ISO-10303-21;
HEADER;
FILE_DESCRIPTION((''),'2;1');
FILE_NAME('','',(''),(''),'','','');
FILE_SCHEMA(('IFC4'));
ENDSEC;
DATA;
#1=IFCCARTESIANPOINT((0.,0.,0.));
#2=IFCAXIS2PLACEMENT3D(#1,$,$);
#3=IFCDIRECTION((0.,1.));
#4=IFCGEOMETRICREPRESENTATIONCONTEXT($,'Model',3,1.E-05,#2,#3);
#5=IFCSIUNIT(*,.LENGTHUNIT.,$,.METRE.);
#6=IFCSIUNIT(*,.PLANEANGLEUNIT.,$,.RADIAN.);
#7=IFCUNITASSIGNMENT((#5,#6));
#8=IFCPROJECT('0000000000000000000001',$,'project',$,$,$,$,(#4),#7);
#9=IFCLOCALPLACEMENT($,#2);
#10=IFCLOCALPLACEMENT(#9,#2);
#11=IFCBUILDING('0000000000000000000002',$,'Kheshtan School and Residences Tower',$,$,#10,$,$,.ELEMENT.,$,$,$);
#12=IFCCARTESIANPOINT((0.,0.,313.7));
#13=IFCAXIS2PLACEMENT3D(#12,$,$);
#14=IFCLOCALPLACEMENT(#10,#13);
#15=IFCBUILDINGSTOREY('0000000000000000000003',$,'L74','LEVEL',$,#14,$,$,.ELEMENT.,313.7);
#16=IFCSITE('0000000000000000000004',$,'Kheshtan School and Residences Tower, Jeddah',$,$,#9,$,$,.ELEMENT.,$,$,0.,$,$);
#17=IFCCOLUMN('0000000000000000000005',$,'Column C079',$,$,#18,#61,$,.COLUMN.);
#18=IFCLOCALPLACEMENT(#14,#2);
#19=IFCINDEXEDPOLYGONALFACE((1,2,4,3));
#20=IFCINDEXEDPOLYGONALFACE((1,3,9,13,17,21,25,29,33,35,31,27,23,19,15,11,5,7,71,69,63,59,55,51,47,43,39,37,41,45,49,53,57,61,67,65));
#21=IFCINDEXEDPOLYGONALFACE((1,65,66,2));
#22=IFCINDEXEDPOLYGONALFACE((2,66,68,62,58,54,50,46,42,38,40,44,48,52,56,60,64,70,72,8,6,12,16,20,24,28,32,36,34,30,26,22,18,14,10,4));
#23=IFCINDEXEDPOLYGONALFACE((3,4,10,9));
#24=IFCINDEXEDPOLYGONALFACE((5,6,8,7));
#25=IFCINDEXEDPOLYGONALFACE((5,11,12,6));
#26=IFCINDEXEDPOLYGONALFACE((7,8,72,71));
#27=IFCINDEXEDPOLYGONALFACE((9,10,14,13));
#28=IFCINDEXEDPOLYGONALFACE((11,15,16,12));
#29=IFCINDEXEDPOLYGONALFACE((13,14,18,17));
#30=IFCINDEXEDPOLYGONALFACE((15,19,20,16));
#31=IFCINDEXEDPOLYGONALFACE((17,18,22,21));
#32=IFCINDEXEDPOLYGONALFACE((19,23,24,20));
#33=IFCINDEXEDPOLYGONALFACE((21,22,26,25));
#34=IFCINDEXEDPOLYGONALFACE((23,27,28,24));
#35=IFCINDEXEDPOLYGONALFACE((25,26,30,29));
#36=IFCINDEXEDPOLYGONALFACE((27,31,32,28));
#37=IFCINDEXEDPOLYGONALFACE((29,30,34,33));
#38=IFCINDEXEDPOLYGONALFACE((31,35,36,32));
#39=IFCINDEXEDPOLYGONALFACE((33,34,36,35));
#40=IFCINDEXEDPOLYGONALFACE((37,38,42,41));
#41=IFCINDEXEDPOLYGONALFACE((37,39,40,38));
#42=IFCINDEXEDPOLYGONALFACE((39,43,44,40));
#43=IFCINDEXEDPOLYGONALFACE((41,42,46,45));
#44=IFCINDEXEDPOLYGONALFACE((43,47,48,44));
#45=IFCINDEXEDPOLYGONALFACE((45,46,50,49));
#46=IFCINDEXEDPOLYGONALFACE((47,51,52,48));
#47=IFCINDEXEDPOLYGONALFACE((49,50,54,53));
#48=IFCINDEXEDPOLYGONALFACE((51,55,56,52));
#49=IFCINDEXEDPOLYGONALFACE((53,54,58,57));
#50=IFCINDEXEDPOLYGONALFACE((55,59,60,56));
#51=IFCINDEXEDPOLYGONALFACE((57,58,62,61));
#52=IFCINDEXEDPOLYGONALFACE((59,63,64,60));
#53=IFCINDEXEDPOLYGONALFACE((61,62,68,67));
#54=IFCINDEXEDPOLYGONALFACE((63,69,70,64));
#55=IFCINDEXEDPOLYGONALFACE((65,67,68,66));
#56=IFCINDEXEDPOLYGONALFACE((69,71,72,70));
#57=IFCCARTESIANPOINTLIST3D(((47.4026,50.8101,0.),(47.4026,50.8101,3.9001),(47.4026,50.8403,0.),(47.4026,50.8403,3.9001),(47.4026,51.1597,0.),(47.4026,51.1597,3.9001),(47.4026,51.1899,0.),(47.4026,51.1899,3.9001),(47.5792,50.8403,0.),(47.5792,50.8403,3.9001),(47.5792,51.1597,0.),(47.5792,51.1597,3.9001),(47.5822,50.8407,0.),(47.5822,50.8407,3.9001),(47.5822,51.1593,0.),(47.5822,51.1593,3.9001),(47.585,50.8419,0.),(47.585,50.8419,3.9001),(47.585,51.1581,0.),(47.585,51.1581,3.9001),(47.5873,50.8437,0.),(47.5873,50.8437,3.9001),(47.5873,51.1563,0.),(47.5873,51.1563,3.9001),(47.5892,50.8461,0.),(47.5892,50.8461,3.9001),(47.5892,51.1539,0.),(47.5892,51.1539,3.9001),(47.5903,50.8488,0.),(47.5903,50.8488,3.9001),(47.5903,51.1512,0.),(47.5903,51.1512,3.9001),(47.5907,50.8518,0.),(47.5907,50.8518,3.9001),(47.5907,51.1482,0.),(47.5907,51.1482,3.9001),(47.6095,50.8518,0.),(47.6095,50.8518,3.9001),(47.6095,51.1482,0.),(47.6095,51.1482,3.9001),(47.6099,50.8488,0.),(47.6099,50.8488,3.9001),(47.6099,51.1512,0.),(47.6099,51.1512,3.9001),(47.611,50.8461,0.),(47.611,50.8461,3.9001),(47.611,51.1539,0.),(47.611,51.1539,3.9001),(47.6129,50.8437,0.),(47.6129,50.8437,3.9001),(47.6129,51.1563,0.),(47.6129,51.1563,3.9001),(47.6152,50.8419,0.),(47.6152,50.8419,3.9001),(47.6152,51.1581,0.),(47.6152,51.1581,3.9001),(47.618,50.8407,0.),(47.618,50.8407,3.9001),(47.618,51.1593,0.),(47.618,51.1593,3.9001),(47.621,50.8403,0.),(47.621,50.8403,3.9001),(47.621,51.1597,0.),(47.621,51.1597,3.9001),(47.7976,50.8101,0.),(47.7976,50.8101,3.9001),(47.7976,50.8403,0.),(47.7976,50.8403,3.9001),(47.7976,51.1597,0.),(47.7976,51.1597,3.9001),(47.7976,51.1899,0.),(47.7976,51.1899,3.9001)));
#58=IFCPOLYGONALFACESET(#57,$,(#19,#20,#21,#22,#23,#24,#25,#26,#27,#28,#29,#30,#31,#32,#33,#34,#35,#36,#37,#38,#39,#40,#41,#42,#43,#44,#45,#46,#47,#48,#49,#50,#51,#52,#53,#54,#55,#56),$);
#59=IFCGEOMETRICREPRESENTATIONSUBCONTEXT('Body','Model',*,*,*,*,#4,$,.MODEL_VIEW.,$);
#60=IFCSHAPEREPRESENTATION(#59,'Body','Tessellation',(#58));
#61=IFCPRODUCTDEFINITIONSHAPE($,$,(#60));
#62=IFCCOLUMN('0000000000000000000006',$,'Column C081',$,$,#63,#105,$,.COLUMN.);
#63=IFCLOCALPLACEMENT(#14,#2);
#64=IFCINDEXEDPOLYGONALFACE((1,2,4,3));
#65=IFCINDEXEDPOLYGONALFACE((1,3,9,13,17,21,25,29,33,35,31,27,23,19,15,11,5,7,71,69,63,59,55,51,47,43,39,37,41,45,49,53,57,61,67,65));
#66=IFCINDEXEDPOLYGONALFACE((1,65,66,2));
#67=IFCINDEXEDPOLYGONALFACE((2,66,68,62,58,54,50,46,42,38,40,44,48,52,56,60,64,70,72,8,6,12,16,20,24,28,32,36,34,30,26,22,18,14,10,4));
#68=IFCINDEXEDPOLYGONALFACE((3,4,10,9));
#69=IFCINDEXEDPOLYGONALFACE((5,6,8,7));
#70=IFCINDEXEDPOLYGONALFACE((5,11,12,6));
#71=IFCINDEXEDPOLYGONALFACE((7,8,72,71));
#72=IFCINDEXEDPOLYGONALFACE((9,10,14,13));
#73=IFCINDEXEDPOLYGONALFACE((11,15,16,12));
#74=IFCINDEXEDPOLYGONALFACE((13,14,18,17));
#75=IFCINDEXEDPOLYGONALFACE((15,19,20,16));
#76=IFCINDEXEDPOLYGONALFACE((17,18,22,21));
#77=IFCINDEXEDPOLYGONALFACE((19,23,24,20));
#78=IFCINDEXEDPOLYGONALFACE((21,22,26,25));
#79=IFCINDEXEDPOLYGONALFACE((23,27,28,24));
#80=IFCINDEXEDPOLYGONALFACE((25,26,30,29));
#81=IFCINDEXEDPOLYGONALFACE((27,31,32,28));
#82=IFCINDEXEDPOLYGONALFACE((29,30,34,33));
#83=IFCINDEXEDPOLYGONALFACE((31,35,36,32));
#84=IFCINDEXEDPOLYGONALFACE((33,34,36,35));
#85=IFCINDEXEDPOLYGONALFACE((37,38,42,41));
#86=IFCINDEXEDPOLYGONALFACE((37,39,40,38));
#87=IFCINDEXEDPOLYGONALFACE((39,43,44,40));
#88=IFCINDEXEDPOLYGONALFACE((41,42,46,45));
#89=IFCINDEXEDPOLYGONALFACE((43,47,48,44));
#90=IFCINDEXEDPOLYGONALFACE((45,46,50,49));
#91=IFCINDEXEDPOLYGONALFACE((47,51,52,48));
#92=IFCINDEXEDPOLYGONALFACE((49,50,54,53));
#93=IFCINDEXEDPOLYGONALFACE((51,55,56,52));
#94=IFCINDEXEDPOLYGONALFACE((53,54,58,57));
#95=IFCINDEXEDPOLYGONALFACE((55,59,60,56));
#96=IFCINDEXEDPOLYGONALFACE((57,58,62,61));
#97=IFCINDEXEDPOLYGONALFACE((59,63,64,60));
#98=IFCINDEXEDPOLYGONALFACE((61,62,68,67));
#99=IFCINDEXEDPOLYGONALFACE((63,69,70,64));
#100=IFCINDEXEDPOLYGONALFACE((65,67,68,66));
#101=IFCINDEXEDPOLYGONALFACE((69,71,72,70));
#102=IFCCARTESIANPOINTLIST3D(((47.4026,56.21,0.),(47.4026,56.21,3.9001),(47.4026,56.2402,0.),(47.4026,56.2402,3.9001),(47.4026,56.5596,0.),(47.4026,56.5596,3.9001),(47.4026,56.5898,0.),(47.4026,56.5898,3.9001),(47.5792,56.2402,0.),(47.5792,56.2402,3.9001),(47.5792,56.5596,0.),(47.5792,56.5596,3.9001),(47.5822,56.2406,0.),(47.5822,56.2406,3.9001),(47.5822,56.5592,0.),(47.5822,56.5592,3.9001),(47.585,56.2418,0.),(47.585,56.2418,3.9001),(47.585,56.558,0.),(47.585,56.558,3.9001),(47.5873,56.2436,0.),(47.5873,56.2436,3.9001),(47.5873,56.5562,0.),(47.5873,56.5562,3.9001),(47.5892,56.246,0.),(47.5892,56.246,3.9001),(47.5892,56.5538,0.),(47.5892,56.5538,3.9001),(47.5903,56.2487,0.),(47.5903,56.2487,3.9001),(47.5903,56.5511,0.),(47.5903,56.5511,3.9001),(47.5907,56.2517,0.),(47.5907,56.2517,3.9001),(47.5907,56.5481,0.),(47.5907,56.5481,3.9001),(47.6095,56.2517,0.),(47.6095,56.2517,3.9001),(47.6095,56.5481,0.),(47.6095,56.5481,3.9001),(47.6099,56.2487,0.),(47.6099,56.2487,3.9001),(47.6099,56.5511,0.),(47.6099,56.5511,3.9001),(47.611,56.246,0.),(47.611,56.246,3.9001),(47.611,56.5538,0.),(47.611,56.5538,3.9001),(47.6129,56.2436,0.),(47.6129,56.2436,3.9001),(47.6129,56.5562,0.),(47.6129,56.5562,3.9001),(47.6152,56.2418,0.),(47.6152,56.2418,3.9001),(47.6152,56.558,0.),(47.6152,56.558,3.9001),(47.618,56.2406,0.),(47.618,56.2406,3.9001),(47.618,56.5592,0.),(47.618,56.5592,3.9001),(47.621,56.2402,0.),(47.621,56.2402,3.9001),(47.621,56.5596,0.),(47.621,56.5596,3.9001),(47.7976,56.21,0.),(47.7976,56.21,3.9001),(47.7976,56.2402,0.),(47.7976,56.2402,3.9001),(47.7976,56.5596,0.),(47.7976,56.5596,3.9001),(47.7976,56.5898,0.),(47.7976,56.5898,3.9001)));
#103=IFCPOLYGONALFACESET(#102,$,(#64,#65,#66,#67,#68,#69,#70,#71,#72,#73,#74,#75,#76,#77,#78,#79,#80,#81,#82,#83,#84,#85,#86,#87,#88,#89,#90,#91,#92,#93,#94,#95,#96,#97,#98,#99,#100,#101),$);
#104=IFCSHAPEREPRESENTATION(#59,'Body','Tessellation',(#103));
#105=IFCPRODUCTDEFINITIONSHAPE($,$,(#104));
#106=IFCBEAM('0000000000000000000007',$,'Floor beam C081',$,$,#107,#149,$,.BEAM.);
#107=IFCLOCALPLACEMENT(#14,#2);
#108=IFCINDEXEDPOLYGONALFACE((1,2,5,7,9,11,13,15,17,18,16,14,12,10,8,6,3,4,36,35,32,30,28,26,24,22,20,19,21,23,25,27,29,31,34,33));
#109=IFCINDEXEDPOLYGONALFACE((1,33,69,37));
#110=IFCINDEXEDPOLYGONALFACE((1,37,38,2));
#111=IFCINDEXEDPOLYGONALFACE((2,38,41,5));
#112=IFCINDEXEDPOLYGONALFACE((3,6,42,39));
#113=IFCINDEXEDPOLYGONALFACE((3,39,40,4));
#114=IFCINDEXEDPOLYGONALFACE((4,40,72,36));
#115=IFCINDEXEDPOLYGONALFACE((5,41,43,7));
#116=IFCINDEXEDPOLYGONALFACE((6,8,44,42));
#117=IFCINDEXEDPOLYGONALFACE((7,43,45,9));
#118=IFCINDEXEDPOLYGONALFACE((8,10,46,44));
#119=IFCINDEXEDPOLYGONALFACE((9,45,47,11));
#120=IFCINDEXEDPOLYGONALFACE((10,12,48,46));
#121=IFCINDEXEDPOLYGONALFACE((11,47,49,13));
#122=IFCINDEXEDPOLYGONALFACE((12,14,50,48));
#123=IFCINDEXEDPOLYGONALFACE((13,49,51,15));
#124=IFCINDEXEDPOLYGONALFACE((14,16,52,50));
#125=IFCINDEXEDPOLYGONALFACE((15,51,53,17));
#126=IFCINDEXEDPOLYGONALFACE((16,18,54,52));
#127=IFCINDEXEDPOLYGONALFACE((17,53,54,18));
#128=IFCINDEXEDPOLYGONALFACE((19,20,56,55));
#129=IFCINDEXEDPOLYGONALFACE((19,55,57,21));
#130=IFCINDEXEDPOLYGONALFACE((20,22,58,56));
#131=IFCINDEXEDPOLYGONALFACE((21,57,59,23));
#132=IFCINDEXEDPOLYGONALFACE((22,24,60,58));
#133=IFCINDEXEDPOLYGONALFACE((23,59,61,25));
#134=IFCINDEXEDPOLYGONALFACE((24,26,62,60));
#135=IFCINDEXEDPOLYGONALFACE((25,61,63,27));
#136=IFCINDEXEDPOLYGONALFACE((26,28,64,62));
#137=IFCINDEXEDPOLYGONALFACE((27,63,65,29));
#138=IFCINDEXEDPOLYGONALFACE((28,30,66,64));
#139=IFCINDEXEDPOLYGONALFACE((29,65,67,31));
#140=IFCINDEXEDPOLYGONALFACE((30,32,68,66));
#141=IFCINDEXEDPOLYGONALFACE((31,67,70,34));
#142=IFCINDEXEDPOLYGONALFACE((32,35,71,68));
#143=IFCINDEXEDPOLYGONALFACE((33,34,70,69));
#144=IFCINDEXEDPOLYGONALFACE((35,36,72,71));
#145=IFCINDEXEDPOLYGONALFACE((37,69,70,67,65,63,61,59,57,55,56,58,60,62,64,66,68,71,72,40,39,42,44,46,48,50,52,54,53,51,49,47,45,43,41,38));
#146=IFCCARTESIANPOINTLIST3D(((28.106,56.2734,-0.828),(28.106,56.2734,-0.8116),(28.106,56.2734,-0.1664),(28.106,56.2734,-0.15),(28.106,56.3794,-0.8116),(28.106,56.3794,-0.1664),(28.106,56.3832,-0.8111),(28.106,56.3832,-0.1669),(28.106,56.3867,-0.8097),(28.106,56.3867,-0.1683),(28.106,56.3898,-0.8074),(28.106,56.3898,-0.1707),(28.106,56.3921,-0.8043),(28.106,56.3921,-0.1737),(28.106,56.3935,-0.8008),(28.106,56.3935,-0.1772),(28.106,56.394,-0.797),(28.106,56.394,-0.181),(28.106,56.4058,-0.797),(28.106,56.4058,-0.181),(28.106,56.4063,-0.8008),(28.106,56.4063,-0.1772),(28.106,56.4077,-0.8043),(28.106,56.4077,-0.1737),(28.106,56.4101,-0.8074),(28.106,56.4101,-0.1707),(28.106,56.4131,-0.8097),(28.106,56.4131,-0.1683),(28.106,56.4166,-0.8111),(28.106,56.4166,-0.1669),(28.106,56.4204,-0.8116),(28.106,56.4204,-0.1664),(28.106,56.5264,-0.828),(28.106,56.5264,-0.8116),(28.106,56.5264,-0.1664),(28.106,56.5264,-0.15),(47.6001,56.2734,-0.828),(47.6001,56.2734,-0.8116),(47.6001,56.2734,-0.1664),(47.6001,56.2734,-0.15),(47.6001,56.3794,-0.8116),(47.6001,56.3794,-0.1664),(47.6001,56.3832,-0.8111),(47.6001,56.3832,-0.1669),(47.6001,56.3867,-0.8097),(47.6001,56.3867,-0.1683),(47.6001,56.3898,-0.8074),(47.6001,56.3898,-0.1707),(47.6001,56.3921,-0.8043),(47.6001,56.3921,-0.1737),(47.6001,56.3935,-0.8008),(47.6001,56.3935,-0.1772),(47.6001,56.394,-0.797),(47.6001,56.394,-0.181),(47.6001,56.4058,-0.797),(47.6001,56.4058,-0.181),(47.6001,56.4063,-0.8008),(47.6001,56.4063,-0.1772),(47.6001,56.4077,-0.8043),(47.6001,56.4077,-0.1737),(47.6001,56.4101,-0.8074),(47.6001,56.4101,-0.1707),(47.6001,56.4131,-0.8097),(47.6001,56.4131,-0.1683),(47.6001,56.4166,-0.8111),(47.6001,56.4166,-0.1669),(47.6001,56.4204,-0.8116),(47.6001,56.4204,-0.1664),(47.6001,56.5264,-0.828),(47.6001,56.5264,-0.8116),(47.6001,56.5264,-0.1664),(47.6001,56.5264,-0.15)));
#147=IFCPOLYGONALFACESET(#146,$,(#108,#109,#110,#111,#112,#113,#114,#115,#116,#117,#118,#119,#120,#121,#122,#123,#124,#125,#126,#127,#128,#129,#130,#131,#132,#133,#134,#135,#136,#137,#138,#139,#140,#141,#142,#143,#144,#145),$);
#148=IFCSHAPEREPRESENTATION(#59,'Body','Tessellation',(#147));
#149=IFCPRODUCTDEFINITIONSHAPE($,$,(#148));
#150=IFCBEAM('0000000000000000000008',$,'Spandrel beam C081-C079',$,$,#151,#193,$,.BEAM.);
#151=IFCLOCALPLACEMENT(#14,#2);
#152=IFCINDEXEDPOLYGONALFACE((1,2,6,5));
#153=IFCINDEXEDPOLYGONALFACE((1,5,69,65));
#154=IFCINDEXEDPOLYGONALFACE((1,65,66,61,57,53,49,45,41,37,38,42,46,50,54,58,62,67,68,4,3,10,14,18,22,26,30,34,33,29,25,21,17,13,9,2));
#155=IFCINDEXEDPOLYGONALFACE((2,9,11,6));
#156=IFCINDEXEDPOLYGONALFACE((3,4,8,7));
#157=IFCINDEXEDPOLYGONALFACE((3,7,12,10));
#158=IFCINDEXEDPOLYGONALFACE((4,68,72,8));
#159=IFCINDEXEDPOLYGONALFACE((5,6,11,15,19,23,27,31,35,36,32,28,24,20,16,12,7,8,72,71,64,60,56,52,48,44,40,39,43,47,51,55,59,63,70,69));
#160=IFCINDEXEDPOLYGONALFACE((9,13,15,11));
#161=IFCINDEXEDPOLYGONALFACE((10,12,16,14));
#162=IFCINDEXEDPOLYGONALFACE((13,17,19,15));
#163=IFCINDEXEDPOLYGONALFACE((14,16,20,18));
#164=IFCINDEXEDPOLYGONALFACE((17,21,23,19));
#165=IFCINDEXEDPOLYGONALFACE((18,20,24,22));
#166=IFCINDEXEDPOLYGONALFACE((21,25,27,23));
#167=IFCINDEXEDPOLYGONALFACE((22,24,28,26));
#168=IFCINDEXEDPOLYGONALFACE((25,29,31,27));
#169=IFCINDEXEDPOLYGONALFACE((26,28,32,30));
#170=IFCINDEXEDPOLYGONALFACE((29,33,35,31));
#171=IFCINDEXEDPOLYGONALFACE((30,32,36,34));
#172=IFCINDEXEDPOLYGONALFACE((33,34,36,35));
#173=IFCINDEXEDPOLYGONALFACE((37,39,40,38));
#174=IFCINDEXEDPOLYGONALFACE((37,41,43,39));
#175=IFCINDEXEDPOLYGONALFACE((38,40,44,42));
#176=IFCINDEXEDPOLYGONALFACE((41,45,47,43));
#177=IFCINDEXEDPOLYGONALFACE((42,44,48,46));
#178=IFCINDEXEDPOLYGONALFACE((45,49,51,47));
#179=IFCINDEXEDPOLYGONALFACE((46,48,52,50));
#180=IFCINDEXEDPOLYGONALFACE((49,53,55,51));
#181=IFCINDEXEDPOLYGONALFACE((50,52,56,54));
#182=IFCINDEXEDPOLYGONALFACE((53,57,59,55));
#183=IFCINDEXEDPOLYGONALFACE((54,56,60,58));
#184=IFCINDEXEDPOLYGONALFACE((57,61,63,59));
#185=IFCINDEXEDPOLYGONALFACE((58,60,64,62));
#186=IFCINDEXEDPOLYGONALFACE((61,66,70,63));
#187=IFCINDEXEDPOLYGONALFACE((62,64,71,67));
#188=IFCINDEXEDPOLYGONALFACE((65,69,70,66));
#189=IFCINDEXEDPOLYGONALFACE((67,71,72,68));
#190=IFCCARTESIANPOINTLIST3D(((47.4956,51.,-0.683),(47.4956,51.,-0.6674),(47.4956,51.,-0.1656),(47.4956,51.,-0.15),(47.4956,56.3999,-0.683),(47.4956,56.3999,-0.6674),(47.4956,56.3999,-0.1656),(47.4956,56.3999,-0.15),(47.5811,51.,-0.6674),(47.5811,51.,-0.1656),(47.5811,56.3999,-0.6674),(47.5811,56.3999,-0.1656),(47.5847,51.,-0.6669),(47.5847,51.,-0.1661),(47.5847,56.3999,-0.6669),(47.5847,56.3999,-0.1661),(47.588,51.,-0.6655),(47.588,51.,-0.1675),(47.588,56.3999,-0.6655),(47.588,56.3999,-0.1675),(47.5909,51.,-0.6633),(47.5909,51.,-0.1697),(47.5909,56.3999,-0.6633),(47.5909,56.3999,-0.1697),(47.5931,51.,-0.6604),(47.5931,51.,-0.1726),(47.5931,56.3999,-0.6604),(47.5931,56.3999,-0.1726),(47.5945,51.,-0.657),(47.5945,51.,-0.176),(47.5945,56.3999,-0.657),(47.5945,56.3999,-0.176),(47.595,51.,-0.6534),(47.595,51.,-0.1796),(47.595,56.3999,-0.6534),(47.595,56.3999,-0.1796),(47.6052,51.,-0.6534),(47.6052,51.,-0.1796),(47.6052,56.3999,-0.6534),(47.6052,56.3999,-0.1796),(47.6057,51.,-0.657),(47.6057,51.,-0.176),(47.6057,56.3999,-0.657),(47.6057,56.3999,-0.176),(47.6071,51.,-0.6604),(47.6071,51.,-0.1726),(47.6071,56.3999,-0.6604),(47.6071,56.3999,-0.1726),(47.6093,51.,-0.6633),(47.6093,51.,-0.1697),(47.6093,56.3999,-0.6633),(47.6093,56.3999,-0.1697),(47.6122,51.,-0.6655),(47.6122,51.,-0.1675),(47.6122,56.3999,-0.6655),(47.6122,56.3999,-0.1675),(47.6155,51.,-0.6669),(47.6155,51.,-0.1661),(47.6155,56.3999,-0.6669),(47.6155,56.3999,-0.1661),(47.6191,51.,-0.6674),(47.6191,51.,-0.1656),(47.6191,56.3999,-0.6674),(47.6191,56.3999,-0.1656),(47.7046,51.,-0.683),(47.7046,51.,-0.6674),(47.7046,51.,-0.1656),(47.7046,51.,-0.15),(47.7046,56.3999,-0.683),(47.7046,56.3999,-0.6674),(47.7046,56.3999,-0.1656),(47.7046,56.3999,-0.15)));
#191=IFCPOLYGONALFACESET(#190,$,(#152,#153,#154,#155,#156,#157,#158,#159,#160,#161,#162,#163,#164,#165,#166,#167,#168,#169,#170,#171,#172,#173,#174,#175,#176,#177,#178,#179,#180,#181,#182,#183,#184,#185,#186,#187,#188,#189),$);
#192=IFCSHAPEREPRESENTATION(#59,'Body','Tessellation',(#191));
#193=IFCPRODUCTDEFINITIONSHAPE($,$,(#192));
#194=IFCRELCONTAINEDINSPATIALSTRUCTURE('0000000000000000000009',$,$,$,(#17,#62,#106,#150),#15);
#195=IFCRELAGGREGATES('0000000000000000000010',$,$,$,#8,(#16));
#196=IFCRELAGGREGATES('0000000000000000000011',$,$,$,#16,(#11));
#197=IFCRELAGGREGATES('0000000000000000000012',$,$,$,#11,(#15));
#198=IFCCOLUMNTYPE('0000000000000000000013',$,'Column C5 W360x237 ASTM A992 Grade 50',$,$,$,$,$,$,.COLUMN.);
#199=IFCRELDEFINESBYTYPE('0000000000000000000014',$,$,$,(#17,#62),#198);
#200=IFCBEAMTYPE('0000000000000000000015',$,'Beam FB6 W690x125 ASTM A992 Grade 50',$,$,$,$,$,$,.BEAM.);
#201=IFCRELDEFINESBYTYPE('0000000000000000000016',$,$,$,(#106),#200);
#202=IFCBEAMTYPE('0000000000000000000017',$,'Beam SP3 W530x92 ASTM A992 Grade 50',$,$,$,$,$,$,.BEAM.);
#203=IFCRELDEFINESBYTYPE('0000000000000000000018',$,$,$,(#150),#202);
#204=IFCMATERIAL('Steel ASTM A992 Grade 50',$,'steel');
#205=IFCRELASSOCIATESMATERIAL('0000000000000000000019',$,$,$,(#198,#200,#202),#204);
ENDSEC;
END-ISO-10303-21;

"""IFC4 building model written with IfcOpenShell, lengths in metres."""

from ifc_helpers import new_model, si_unit, direction, frame, origin, origin_2d, place, context, subcontext, project, spatial, i_section, extrude, material, material_profile, profile_set, type_object, element, save


model = new_model("IFC4")

# Units and contexts
model_context = context("Model", 3, precision=1e-05, world=origin(), true_north=direction((0.0, 1.0)))
body_context = subcontext(model_context, "Body", "Model", "MODEL_VIEW")
ifc_project = project(units=[si_unit("LENGTHUNIT", "METRE"), si_unit("PLANEANGLEUNIT", "RADIAN")], contexts=[model_context])

# Site, building, storey
site_placement = place(None, origin())
site = spatial("IfcSite", under=ifc_project, at=site_placement, Name="Kheshtan School and Residences Tower, Jeddah", CompositionType="ELEMENT", RefElevation=0.0)
building_placement = place(site_placement, origin())
building = spatial("IfcBuilding", under=site, at=building_placement, Name="Kheshtan School and Residences Tower", CompositionType="ELEMENT")
storey_placement = place(building_placement, frame((0.0, 0.0, 313.7)))
storey = spatial("IfcBuildingStorey", under=building, at=storey_placement, Name="L74", Description="LEVEL", CompositionType="ELEMENT", Elevation=313.7)

# Columns
ifc_material_1 = material(Name="Steel ASTM A992 Grade 50", Category="steel")
ifc_material_profile_1 = material_profile(ifc_material_1, i_section(OverallWidth=0.395, OverallDepth=0.3799, WebThickness=0.0188, FlangeThickness=0.0303, FilletRadius=0.0115, at=origin_2d()), Name="W360x237")
ifc_profile_set_1 = profile_set([ifc_material_profile_1], Name="Steel ASTM A992 Grade 50")
column_type = type_object("IfcColumnType", Name="Column C5 W360x237 ASTM A992 Grade 50", PredefinedType="COLUMN", material=ifc_profile_set_1)
for number, where, z_axis, x_axis, name in (
    (1, (47.6001, 51.0, 0.0), (0.0, 0.0, 1.0), (1.0, 0.0, 0.0), "Column C079"),
    (2, (47.6001, 56.3999, 0.0), (0.0, 0.0, 1.0), (1.0, 0.0, 0.0), "Column C081"),
):
    element("IfcColumn", number, at=place(storey_placement, frame(where, z_axis=z_axis, x_axis=x_axis)), inside=storey, type_object=column_type, Name=name, PredefinedType="COLUMN", context=body_context, shape_type="SweptSolid", body=[
        extrude(i_section(OverallWidth=0.395, OverallDepth=0.3799, WebThickness=0.0188, FlangeThickness=0.0303, FilletRadius=0.0115, at=origin_2d()), origin(), (0.0, 0.0, 1.0), 3.9001),
    ])

# Beams
ifc_material_profile_2 = material_profile(ifc_material_1, i_section(OverallWidth=0.2529, OverallDepth=0.678, WebThickness=0.0117, FlangeThickness=0.0164, FilletRadius=0.0146, at=origin_2d()), Name="W690x125")
ifc_profile_set_2 = profile_set([ifc_material_profile_2], Name="Steel ASTM A992 Grade 50")
beam_type_1 = type_object("IfcBeamType", Name="Beam FB6 W690x125 ASTM A992 Grade 50", PredefinedType="BEAM", material=ifc_profile_set_2)
beam_1_placement = place(storey_placement, frame((47.6001, 56.3999, -0.489), z_axis=(-1.0, 0.0, 0.0), x_axis=(0.0, -1.0, 0.0)))
element("IfcBeam", 3, at=beam_1_placement, inside=storey, type_object=beam_type_1, Name="Floor beam C081", PredefinedType="BEAM", context=body_context, shape_type="SweptSolid", body=[
    extrude(i_section(OverallWidth=0.2529, OverallDepth=0.678, WebThickness=0.0117, FlangeThickness=0.0164, FilletRadius=0.0146, at=origin_2d()), origin(), (0.0, 0.0, 1.0), 19.4941),
])
ifc_material_profile_3 = material_profile(ifc_material_1, i_section(OverallWidth=0.209, OverallDepth=0.533, WebThickness=0.0103, FlangeThickness=0.0156, FilletRadius=0.0139, at=origin_2d()), Name="W530x92")
ifc_profile_set_3 = profile_set([ifc_material_profile_3], Name="Steel ASTM A992 Grade 50")
beam_type_2 = type_object("IfcBeamType", Name="Beam SP3 W530x92 ASTM A992 Grade 50", PredefinedType="BEAM", material=ifc_profile_set_3)
beam_2_placement = place(storey_placement, frame((47.6001, 56.3999, -0.4165), z_axis=(0.0, -1.0, 0.0), x_axis=(1.0, 0.0, 0.0)))
element("IfcBeam", 4, at=beam_2_placement, inside=storey, type_object=beam_type_2, Name="Spandrel beam C081-C079", PredefinedType="BEAM", context=body_context, shape_type="SweptSolid", body=[
    extrude(i_section(OverallWidth=0.209, OverallDepth=0.533, WebThickness=0.0103, FlangeThickness=0.0156, FilletRadius=0.0139, at=origin_2d()), origin(), (0.0, 0.0, 1.0), 5.3999),
])

save(model, "model.ifc")
